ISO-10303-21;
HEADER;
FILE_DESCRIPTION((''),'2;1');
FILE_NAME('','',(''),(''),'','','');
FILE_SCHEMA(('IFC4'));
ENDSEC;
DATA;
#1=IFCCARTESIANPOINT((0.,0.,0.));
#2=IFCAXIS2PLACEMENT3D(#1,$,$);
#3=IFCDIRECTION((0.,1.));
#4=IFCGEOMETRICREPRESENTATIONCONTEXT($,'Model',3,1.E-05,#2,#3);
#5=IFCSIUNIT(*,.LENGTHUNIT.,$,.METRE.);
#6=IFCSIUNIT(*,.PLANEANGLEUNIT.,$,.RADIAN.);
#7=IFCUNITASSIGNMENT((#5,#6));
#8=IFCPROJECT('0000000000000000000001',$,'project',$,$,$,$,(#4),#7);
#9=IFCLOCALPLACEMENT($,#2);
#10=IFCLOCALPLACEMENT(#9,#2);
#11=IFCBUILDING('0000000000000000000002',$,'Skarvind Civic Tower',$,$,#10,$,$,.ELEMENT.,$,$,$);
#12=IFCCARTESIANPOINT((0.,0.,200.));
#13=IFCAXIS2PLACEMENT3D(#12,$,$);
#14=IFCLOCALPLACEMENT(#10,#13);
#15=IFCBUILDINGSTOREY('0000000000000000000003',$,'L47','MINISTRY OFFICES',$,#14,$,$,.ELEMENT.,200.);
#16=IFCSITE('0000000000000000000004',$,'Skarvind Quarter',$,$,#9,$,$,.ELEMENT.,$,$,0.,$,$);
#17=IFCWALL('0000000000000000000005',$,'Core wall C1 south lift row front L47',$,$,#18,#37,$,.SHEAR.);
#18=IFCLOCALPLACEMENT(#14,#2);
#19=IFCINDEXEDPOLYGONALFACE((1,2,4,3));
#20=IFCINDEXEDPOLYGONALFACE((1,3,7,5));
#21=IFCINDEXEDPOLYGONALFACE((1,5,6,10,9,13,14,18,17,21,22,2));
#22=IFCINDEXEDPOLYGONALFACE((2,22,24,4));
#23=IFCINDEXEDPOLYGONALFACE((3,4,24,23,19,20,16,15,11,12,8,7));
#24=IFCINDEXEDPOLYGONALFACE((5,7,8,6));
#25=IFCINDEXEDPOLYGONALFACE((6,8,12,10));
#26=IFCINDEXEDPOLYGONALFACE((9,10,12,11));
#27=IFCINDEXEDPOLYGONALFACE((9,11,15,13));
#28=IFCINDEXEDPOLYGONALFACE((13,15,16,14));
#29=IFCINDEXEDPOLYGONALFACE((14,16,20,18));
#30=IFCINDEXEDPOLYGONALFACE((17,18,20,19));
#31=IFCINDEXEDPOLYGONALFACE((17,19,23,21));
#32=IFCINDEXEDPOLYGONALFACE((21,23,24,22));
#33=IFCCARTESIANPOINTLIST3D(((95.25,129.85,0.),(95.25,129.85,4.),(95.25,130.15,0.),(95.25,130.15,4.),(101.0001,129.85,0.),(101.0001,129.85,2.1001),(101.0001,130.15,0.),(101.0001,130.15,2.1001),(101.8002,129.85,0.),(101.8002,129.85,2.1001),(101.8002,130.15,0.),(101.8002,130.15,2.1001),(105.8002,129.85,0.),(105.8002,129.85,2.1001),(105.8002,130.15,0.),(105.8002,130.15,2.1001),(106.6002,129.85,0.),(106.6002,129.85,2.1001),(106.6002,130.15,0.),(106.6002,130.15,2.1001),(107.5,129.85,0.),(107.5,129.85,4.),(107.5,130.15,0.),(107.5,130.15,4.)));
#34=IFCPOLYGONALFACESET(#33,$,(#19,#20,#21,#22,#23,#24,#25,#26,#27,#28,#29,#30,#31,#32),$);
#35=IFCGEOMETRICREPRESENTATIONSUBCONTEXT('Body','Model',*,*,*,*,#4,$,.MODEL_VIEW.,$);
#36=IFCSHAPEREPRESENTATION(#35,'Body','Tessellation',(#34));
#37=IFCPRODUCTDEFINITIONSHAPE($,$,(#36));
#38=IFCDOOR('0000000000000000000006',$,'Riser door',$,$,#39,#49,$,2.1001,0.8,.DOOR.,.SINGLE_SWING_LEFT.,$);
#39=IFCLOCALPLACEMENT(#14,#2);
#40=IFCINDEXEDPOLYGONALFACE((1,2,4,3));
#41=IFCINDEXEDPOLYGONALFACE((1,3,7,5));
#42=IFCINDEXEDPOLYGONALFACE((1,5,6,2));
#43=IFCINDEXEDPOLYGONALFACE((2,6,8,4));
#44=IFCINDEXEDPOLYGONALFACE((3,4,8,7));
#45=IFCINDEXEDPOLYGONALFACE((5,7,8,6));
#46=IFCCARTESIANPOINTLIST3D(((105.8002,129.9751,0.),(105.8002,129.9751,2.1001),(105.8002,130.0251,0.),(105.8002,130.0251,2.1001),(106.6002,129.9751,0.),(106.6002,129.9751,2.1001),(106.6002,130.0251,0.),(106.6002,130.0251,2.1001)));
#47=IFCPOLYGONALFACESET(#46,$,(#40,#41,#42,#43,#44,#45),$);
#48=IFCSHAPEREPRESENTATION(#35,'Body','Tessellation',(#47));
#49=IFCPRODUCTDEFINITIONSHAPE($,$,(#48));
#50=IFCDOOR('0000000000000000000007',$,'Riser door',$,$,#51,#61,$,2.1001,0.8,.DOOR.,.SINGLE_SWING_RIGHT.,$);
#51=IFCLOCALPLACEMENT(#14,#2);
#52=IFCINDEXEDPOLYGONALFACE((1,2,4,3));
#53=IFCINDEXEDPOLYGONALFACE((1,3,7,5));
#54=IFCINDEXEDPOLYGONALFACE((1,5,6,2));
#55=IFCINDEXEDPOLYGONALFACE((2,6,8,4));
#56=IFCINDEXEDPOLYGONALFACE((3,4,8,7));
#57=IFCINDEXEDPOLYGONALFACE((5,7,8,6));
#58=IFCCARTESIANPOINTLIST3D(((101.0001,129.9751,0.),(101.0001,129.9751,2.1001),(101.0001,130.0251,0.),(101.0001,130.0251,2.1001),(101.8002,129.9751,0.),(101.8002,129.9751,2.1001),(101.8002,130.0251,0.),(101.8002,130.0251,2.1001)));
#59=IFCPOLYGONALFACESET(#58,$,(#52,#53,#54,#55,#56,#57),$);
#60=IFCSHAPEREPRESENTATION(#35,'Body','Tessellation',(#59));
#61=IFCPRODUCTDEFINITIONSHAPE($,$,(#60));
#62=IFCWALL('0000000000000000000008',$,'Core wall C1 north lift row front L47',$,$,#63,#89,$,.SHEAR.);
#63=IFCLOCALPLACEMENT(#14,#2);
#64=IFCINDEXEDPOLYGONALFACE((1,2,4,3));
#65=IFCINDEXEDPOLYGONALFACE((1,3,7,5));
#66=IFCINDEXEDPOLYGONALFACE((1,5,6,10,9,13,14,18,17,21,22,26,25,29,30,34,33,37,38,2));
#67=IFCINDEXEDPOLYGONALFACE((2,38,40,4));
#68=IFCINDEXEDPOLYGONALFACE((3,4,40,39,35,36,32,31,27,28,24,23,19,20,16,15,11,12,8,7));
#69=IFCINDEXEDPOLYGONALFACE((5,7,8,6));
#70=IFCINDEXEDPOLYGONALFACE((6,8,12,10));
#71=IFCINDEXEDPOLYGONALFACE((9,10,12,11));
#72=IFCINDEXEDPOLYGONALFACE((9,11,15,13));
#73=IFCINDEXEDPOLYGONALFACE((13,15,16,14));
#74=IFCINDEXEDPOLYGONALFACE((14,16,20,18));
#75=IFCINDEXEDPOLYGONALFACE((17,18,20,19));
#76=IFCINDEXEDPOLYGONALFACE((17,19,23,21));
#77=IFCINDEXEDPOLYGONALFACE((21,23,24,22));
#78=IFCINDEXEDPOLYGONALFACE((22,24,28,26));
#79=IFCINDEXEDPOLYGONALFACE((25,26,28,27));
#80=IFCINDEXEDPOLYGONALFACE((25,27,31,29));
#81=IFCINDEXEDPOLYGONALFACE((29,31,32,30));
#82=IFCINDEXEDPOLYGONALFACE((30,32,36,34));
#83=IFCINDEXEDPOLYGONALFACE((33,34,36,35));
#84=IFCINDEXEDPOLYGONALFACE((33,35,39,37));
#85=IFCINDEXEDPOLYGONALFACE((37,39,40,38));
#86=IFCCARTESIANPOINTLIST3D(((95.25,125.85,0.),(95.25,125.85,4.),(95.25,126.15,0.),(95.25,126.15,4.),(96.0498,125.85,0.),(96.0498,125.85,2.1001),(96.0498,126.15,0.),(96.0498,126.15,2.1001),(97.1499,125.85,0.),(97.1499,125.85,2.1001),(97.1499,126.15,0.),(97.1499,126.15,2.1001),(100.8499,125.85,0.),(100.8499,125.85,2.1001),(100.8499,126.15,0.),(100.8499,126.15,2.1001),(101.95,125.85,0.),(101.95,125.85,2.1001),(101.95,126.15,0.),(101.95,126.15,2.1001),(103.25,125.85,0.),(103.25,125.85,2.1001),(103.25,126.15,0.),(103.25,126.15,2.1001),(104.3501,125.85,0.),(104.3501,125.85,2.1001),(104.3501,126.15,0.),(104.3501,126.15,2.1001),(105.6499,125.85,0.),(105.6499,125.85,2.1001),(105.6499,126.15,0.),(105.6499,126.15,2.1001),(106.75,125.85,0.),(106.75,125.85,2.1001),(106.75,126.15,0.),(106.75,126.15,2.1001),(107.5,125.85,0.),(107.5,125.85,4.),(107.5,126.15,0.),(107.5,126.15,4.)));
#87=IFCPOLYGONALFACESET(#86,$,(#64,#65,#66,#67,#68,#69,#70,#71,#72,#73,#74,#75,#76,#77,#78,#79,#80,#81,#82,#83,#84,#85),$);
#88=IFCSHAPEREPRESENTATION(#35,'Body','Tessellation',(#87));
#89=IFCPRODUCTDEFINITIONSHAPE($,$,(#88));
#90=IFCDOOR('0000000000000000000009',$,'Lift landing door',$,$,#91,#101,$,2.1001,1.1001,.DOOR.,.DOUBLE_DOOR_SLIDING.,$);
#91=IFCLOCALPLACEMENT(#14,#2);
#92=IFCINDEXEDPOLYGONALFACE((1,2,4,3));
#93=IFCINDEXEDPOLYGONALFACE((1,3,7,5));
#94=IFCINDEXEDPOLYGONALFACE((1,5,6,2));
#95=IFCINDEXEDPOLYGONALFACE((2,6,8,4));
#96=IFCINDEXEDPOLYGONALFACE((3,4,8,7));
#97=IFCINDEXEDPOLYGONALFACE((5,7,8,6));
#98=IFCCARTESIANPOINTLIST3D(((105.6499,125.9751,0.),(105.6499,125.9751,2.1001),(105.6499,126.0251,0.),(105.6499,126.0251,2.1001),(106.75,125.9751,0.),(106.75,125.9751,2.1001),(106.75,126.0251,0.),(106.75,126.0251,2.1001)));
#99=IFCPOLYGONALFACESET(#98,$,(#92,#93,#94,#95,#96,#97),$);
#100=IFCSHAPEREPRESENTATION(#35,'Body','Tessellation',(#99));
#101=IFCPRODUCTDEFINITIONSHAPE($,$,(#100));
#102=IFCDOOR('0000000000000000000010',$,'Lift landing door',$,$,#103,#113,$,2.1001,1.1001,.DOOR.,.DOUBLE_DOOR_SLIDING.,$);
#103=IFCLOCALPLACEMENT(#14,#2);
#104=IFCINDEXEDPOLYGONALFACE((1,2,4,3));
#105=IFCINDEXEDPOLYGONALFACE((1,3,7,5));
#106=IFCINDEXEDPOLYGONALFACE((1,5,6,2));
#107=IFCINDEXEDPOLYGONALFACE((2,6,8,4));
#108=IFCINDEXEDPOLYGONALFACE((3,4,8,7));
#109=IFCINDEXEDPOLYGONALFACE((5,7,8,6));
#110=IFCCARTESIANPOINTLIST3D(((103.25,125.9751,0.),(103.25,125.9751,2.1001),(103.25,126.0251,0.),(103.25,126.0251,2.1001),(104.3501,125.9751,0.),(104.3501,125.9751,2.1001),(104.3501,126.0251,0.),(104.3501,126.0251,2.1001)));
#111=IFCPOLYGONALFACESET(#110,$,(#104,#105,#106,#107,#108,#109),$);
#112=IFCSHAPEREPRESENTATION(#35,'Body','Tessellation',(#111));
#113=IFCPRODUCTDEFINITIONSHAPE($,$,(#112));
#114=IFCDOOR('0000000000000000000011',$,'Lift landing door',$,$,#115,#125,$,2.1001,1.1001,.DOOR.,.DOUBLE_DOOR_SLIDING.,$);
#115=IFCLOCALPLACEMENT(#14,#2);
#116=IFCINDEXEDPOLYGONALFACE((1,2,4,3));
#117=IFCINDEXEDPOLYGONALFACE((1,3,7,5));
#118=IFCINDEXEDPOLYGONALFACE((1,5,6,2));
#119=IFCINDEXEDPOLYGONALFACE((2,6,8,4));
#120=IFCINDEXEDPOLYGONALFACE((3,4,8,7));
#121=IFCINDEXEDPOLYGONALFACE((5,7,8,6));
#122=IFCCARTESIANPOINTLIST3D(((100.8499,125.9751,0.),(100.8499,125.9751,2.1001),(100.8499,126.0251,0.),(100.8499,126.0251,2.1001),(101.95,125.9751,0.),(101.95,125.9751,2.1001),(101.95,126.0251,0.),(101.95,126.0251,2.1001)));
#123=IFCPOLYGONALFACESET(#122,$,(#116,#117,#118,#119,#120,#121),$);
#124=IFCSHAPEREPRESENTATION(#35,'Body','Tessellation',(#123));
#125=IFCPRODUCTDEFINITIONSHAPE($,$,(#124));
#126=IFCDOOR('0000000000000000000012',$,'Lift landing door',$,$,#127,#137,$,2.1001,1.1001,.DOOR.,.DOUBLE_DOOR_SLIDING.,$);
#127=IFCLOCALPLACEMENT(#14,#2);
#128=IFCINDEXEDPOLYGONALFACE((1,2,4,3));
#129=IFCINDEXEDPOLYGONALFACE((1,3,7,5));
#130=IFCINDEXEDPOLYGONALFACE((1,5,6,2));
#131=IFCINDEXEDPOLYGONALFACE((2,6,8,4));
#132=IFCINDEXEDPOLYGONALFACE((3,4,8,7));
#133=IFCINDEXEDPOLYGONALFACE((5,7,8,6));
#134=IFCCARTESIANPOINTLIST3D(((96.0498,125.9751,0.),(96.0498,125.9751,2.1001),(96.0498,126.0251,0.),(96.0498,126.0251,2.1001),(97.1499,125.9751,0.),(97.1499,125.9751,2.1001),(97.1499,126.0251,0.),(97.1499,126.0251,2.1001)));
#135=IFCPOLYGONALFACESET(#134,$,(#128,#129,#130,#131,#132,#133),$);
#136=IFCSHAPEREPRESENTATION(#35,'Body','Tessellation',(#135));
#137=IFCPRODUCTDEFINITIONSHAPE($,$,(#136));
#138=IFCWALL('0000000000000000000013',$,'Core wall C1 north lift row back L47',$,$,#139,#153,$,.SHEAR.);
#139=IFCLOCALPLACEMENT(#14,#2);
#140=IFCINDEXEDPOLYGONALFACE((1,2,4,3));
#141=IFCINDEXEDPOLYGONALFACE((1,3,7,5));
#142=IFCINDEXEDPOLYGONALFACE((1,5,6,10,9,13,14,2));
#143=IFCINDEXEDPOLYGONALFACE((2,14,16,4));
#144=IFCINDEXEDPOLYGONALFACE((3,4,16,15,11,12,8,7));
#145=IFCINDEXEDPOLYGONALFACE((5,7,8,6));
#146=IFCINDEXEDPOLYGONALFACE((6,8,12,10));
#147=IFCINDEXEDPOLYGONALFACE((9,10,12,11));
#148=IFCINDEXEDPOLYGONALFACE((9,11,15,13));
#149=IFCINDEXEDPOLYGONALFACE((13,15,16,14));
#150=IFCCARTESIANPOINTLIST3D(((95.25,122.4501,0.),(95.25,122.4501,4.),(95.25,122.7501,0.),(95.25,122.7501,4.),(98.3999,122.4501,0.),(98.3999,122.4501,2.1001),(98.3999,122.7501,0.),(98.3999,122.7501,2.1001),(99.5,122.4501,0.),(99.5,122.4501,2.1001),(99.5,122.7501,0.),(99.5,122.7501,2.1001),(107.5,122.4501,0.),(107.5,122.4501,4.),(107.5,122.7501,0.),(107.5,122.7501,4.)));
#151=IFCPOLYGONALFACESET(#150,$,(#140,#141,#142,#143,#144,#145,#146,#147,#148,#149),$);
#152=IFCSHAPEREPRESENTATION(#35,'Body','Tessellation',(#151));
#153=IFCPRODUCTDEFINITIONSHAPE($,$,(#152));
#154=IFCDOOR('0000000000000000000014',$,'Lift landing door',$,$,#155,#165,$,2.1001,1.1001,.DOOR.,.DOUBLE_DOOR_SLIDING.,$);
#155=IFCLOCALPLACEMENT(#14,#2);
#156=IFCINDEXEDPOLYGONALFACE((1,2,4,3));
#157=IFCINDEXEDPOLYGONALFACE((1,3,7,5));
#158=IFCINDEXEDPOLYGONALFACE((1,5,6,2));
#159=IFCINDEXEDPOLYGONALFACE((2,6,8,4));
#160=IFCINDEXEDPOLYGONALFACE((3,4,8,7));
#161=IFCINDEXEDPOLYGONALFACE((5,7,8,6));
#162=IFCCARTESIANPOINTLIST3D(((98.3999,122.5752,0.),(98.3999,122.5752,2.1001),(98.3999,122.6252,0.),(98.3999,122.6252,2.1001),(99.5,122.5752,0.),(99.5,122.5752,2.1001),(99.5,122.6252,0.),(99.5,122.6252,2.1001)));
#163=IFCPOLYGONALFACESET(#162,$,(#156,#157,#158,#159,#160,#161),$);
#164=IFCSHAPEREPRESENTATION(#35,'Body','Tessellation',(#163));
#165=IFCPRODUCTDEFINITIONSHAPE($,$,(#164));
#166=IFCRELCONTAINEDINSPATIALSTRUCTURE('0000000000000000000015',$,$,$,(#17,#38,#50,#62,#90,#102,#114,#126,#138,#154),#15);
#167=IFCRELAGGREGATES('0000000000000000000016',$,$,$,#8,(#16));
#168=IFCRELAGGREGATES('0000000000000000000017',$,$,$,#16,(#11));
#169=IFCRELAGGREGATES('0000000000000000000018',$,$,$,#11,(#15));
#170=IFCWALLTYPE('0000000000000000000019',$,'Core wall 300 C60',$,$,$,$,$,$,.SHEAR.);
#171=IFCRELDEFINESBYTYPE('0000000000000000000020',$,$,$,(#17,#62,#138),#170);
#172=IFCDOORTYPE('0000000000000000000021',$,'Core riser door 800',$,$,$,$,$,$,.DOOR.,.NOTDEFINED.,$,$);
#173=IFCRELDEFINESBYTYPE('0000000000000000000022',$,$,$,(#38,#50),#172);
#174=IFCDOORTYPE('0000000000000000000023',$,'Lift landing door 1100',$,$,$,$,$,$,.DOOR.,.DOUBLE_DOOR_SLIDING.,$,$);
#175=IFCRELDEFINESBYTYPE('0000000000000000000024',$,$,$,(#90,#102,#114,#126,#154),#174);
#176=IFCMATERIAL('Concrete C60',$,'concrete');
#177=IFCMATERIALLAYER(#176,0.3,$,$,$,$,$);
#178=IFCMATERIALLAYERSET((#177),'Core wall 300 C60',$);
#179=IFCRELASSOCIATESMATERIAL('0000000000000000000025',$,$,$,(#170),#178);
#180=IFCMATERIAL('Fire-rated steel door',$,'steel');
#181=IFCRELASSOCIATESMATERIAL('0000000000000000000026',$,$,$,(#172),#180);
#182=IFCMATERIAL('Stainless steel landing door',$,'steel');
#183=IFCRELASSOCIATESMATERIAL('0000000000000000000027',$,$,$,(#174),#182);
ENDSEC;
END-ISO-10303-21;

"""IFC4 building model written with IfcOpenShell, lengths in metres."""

from ifc_helpers import new_model, si_unit, direction, frame, frame_2d, origin, place, context, subcontext, project, spatial, rectangle, extrude, material, layer, layer_set, type_object, element, fill, save


model = new_model("IFC4")

# Units and contexts
model_context = context("Model", 3, precision=1e-05, world=origin(), true_north=direction((0.0, 1.0)))
body_context = subcontext(model_context, "Body", "Model", "MODEL_VIEW")
ifc_project = project(units=[si_unit("LENGTHUNIT", "METRE"), si_unit("PLANEANGLEUNIT", "RADIAN")], contexts=[model_context])

# Site, building, storey
site_placement = place(None, origin())
site = spatial("IfcSite", under=ifc_project, at=site_placement, Name="Skarvind Quarter", CompositionType="ELEMENT", RefElevation=0.0)
building_placement = place(site_placement, origin())
building = spatial("IfcBuilding", under=site, at=building_placement, Name="Skarvind Civic Tower", CompositionType="ELEMENT")
storey_placement = place(building_placement, frame((0.0, 0.0, 200.0)))
storey = spatial("IfcBuildingStorey", under=building, at=storey_placement, Name="L47", Description="MINISTRY OFFICES", CompositionType="ELEMENT", Elevation=200.0)

# Walls, openings, doors
ifc_material_1 = material(Name="Concrete C60", Category="concrete")
ifc_layer_1 = layer(ifc_material_1, 0.3)
ifc_layer_set_1 = layer_set([ifc_layer_1], Name="Core wall 300 C60")
wall_type_1 = type_object("IfcWallType", Name="Core wall 300 C60", PredefinedType="SHEAR", material=ifc_layer_set_1)
wall_1_placement = place(storey_placement, frame((107.5, 130.0, 0.0), z_axis=(0.0, 0.0, 1.0), x_axis=(-1.0, 0.0, 0.0)))
wall_1 = element("IfcWall", 1, at=wall_1_placement, inside=storey, type_object=wall_type_1, Name="Core wall C1 south lift row front L47", PredefinedType="SHEAR", context=body_context, shape_type="SweptSolid", body=[
    extrude(rectangle(XDim=12.25, YDim=0.3, at=frame_2d((6.125, 0.0))), origin(), (0.0, 0.0, 1.0), 4.0),
])
opening_1_placement = place(wall_1_placement, frame((0.8999, 0.0, 0.0)))
opening_1 = element("IfcOpeningElement", 2, at=opening_1_placement, cuts=wall_1, PredefinedType="OPENING", context=body_context, shape_type="SweptSolid", body=[
    extrude(rectangle(XDim=0.8, YDim=2.1001, at=frame_2d((0.3999, 1.05))), frame((0.0, 0.1599, 0.0), z_axis=(0.0, -1.0, 0.0), x_axis=(1.0, 0.0, 0.0)), (0.0, 0.0, 1.0), 0.3201),
])
opening_2_placement = place(wall_1_placement, frame((5.7, 0.0, 0.0)))
opening_2 = element("IfcOpeningElement", 3, at=opening_2_placement, cuts=wall_1, PredefinedType="OPENING", context=body_context, shape_type="SweptSolid", body=[
    extrude(rectangle(XDim=0.8, YDim=2.1001, at=frame_2d((0.3999, 1.05))), frame((0.0, 0.1599, 0.0), z_axis=(0.0, -1.0, 0.0), x_axis=(1.0, 0.0, 0.0)), (0.0, 0.0, 1.0), 0.3201),
])
ifc_material_2 = material(Name="Fire-rated steel door", Category="steel")
door_type_1 = type_object("IfcDoorType", Name="Core riser door 800", OperationType="NOTDEFINED", PredefinedType="DOOR", material=ifc_material_2)
door_1_placement = place(opening_1_placement, origin())
door_1 = element("IfcDoor", 4, at=door_1_placement, inside=storey, type_object=door_type_1, Name="Riser door", OperationType="SINGLE_SWING_LEFT", OverallHeight=2.1001, OverallWidth=0.8, PredefinedType="DOOR", context=body_context, shape_type="SweptSolid", body=[
    extrude(rectangle(XDim=0.8, YDim=2.1001, at=frame_2d((0.3999, 1.05))), frame((0.0, 0.0249, 0.0), z_axis=(0.0, -1.0, 0.0), x_axis=(1.0, 0.0, 0.0)), (0.0, 0.0, 1.0), 0.05),
])
fill(opening_1, door_1)
door_2_placement = place(opening_2_placement, origin())
door_2 = element("IfcDoor", 5, at=door_2_placement, inside=storey, type_object=door_type_1, Name="Riser door", OperationType="SINGLE_SWING_RIGHT", OverallHeight=2.1001, OverallWidth=0.8, PredefinedType="DOOR", context=body_context, shape_type="SweptSolid", body=[
    extrude(rectangle(XDim=0.8, YDim=2.1001, at=frame_2d((0.3999, 1.05))), frame((0.0, 0.0249, 0.0), z_axis=(0.0, -1.0, 0.0), x_axis=(1.0, 0.0, 0.0)), (0.0, 0.0, 1.0), 0.05),
])
fill(opening_2, door_2)
wall_2_placement = place(storey_placement, frame((107.5, 126.0, 0.0), z_axis=(0.0, 0.0, 1.0), x_axis=(-1.0, 0.0, 0.0)))
wall_2 = element("IfcWall", 6, at=wall_2_placement, inside=storey, type_object=wall_type_1, Name="Core wall C1 north lift row front L47", PredefinedType="SHEAR", context=body_context, shape_type="SweptSolid", body=[
    extrude(rectangle(XDim=12.25, YDim=0.3, at=frame_2d((6.125, 0.0))), origin(), (0.0, 0.0, 1.0), 4.0),
])
opening_3_placement = place(wall_2_placement, frame((0.75, 0.0, 0.0)))
opening_3 = element("IfcOpeningElement", 7, at=opening_3_placement, cuts=wall_2, PredefinedType="OPENING", context=body_context, shape_type="SweptSolid", body=[
    extrude(rectangle(XDim=1.1001, YDim=2.1001, at=frame_2d((0.55, 1.05))), frame((0.0, 0.1599, 0.0), z_axis=(0.0, -1.0, 0.0), x_axis=(1.0, 0.0, 0.0)), (0.0, 0.0, 1.0), 0.3201),
])
opening_4_placement = place(wall_2_placement, frame((3.1499, 0.0, 0.0)))
opening_4 = element("IfcOpeningElement", 8, at=opening_4_placement, cuts=wall_2, PredefinedType="OPENING", context=body_context, shape_type="SweptSolid", body=[
    extrude(rectangle(XDim=1.1001, YDim=2.1001, at=frame_2d((0.55, 1.05))), frame((0.0, 0.1599, 0.0), z_axis=(0.0, -1.0, 0.0), x_axis=(1.0, 0.0, 0.0)), (0.0, 0.0, 1.0), 0.3201),
])
opening_5_placement = place(wall_2_placement, frame((5.55, 0.0, 0.0)))
opening_5 = element("IfcOpeningElement", 9, at=opening_5_placement, cuts=wall_2, PredefinedType="OPENING", context=body_context, shape_type="SweptSolid", body=[
    extrude(rectangle(XDim=1.1001, YDim=2.1001, at=frame_2d((0.55, 1.05))), frame((0.0, 0.1599, 0.0), z_axis=(0.0, -1.0, 0.0), x_axis=(1.0, 0.0, 0.0)), (0.0, 0.0, 1.0), 0.3201),
])
opening_6_placement = place(wall_2_placement, frame((10.3501, 0.0, 0.0)))
opening_6 = element("IfcOpeningElement", 10, at=opening_6_placement, cuts=wall_2, PredefinedType="OPENING", context=body_context, shape_type="SweptSolid", body=[
    extrude(rectangle(XDim=1.1001, YDim=2.1001, at=frame_2d((0.55, 1.05))), frame((0.0, 0.1599, 0.0), z_axis=(0.0, -1.0, 0.0), x_axis=(1.0, 0.0, 0.0)), (0.0, 0.0, 1.0), 0.3201),
])
ifc_material_3 = material(Name="Stainless steel landing door", Category="steel")
door_type_2 = type_object("IfcDoorType", Name="Lift landing door 1100", OperationType="DOUBLE_DOOR_SLIDING", PredefinedType="DOOR", material=ifc_material_3)
door_3_placement = place(opening_3_placement, origin())
door_3 = element("IfcDoor", 11, at=door_3_placement, inside=storey, type_object=door_type_2, Name="Lift landing door", OperationType="DOUBLE_DOOR_SLIDING", OverallHeight=2.1001, OverallWidth=1.1001, PredefinedType="DOOR", context=body_context, shape_type="SweptSolid", body=[
    extrude(rectangle(XDim=1.1001, YDim=2.1001, at=frame_2d((0.55, 1.05))), frame((0.0, 0.0249, 0.0), z_axis=(0.0, -1.0, 0.0), x_axis=(1.0, 0.0, 0.0)), (0.0, 0.0, 1.0), 0.05),
])
fill(opening_3, door_3)
door_4_placement = place(opening_4_placement, origin())
door_4 = element("IfcDoor", 12, at=door_4_placement, inside=storey, type_object=door_type_2, Name="Lift landing door", OperationType="DOUBLE_DOOR_SLIDING", OverallHeight=2.1001, OverallWidth=1.1001, PredefinedType="DOOR", context=body_context, shape_type="SweptSolid", body=[
    extrude(rectangle(XDim=1.1001, YDim=2.1001, at=frame_2d((0.55, 1.05))), frame((0.0, 0.0249, 0.0), z_axis=(0.0, -1.0, 0.0), x_axis=(1.0, 0.0, 0.0)), (0.0, 0.0, 1.0), 0.05),
])
fill(opening_4, door_4)
door_5_placement = place(opening_5_placement, origin())
door_5 = element("IfcDoor", 13, at=door_5_placement, inside=storey, type_object=door_type_2, Name="Lift landing door", OperationType="DOUBLE_DOOR_SLIDING", OverallHeight=2.1001, OverallWidth=1.1001, PredefinedType="DOOR", context=body_context, shape_type="SweptSolid", body=[
    extrude(rectangle(XDim=1.1001, YDim=2.1001, at=frame_2d((0.55, 1.05))), frame((0.0, 0.0249, 0.0), z_axis=(0.0, -1.0, 0.0), x_axis=(1.0, 0.0, 0.0)), (0.0, 0.0, 1.0), 0.05),
])
fill(opening_5, door_5)
door_6_placement = place(opening_6_placement, origin())
door_6 = element("IfcDoor", 14, at=door_6_placement, inside=storey, type_object=door_type_2, Name="Lift landing door", OperationType="DOUBLE_DOOR_SLIDING", OverallHeight=2.1001, OverallWidth=1.1001, PredefinedType="DOOR", context=body_context, shape_type="SweptSolid", body=[
    extrude(rectangle(XDim=1.1001, YDim=2.1001, at=frame_2d((0.55, 1.05))), frame((0.0, 0.0249, 0.0), z_axis=(0.0, -1.0, 0.0), x_axis=(1.0, 0.0, 0.0)), (0.0, 0.0, 1.0), 0.05),
])
fill(opening_6, door_6)

# Wall, opening, door
wall_3_placement = place(storey_placement, frame((107.5, 122.6001, 0.0), z_axis=(0.0, 0.0, 1.0), x_axis=(-1.0, 0.0, 0.0)))
wall_3 = element("IfcWall", 15, at=wall_3_placement, inside=storey, type_object=wall_type_1, Name="Core wall C1 north lift row back L47", PredefinedType="SHEAR", context=body_context, shape_type="SweptSolid", body=[
    extrude(rectangle(XDim=12.25, YDim=0.3, at=frame_2d((6.125, 0.0))), origin(), (0.0, 0.0, 1.0), 4.0),
])
opening_7_placement = place(wall_3_placement, frame((8.0, 0.0, 0.0)))
opening_7 = element("IfcOpeningElement", 16, at=opening_7_placement, cuts=wall_3, PredefinedType="OPENING", context=body_context, shape_type="SweptSolid", body=[
    extrude(rectangle(XDim=1.1001, YDim=2.1001, at=frame_2d((0.55, 1.05))), frame((0.0, 0.1599, 0.0), z_axis=(0.0, -1.0, 0.0), x_axis=(1.0, 0.0, 0.0)), (0.0, 0.0, 1.0), 0.3201),
])
door_7_placement = place(opening_7_placement, origin())
door_7 = element("IfcDoor", 17, at=door_7_placement, inside=storey, type_object=door_type_2, Name="Lift landing door", OperationType="DOUBLE_DOOR_SLIDING", OverallHeight=2.1001, OverallWidth=1.1001, PredefinedType="DOOR", context=body_context, shape_type="SweptSolid", body=[
    extrude(rectangle(XDim=1.1001, YDim=2.1001, at=frame_2d((0.55, 1.05))), frame((0.0, 0.0249, 0.0), z_axis=(0.0, -1.0, 0.0), x_axis=(1.0, 0.0, 0.0)), (0.0, 0.0, 1.0), 0.05),
])
fill(opening_7, door_7)

save(model, "model.ifc")
